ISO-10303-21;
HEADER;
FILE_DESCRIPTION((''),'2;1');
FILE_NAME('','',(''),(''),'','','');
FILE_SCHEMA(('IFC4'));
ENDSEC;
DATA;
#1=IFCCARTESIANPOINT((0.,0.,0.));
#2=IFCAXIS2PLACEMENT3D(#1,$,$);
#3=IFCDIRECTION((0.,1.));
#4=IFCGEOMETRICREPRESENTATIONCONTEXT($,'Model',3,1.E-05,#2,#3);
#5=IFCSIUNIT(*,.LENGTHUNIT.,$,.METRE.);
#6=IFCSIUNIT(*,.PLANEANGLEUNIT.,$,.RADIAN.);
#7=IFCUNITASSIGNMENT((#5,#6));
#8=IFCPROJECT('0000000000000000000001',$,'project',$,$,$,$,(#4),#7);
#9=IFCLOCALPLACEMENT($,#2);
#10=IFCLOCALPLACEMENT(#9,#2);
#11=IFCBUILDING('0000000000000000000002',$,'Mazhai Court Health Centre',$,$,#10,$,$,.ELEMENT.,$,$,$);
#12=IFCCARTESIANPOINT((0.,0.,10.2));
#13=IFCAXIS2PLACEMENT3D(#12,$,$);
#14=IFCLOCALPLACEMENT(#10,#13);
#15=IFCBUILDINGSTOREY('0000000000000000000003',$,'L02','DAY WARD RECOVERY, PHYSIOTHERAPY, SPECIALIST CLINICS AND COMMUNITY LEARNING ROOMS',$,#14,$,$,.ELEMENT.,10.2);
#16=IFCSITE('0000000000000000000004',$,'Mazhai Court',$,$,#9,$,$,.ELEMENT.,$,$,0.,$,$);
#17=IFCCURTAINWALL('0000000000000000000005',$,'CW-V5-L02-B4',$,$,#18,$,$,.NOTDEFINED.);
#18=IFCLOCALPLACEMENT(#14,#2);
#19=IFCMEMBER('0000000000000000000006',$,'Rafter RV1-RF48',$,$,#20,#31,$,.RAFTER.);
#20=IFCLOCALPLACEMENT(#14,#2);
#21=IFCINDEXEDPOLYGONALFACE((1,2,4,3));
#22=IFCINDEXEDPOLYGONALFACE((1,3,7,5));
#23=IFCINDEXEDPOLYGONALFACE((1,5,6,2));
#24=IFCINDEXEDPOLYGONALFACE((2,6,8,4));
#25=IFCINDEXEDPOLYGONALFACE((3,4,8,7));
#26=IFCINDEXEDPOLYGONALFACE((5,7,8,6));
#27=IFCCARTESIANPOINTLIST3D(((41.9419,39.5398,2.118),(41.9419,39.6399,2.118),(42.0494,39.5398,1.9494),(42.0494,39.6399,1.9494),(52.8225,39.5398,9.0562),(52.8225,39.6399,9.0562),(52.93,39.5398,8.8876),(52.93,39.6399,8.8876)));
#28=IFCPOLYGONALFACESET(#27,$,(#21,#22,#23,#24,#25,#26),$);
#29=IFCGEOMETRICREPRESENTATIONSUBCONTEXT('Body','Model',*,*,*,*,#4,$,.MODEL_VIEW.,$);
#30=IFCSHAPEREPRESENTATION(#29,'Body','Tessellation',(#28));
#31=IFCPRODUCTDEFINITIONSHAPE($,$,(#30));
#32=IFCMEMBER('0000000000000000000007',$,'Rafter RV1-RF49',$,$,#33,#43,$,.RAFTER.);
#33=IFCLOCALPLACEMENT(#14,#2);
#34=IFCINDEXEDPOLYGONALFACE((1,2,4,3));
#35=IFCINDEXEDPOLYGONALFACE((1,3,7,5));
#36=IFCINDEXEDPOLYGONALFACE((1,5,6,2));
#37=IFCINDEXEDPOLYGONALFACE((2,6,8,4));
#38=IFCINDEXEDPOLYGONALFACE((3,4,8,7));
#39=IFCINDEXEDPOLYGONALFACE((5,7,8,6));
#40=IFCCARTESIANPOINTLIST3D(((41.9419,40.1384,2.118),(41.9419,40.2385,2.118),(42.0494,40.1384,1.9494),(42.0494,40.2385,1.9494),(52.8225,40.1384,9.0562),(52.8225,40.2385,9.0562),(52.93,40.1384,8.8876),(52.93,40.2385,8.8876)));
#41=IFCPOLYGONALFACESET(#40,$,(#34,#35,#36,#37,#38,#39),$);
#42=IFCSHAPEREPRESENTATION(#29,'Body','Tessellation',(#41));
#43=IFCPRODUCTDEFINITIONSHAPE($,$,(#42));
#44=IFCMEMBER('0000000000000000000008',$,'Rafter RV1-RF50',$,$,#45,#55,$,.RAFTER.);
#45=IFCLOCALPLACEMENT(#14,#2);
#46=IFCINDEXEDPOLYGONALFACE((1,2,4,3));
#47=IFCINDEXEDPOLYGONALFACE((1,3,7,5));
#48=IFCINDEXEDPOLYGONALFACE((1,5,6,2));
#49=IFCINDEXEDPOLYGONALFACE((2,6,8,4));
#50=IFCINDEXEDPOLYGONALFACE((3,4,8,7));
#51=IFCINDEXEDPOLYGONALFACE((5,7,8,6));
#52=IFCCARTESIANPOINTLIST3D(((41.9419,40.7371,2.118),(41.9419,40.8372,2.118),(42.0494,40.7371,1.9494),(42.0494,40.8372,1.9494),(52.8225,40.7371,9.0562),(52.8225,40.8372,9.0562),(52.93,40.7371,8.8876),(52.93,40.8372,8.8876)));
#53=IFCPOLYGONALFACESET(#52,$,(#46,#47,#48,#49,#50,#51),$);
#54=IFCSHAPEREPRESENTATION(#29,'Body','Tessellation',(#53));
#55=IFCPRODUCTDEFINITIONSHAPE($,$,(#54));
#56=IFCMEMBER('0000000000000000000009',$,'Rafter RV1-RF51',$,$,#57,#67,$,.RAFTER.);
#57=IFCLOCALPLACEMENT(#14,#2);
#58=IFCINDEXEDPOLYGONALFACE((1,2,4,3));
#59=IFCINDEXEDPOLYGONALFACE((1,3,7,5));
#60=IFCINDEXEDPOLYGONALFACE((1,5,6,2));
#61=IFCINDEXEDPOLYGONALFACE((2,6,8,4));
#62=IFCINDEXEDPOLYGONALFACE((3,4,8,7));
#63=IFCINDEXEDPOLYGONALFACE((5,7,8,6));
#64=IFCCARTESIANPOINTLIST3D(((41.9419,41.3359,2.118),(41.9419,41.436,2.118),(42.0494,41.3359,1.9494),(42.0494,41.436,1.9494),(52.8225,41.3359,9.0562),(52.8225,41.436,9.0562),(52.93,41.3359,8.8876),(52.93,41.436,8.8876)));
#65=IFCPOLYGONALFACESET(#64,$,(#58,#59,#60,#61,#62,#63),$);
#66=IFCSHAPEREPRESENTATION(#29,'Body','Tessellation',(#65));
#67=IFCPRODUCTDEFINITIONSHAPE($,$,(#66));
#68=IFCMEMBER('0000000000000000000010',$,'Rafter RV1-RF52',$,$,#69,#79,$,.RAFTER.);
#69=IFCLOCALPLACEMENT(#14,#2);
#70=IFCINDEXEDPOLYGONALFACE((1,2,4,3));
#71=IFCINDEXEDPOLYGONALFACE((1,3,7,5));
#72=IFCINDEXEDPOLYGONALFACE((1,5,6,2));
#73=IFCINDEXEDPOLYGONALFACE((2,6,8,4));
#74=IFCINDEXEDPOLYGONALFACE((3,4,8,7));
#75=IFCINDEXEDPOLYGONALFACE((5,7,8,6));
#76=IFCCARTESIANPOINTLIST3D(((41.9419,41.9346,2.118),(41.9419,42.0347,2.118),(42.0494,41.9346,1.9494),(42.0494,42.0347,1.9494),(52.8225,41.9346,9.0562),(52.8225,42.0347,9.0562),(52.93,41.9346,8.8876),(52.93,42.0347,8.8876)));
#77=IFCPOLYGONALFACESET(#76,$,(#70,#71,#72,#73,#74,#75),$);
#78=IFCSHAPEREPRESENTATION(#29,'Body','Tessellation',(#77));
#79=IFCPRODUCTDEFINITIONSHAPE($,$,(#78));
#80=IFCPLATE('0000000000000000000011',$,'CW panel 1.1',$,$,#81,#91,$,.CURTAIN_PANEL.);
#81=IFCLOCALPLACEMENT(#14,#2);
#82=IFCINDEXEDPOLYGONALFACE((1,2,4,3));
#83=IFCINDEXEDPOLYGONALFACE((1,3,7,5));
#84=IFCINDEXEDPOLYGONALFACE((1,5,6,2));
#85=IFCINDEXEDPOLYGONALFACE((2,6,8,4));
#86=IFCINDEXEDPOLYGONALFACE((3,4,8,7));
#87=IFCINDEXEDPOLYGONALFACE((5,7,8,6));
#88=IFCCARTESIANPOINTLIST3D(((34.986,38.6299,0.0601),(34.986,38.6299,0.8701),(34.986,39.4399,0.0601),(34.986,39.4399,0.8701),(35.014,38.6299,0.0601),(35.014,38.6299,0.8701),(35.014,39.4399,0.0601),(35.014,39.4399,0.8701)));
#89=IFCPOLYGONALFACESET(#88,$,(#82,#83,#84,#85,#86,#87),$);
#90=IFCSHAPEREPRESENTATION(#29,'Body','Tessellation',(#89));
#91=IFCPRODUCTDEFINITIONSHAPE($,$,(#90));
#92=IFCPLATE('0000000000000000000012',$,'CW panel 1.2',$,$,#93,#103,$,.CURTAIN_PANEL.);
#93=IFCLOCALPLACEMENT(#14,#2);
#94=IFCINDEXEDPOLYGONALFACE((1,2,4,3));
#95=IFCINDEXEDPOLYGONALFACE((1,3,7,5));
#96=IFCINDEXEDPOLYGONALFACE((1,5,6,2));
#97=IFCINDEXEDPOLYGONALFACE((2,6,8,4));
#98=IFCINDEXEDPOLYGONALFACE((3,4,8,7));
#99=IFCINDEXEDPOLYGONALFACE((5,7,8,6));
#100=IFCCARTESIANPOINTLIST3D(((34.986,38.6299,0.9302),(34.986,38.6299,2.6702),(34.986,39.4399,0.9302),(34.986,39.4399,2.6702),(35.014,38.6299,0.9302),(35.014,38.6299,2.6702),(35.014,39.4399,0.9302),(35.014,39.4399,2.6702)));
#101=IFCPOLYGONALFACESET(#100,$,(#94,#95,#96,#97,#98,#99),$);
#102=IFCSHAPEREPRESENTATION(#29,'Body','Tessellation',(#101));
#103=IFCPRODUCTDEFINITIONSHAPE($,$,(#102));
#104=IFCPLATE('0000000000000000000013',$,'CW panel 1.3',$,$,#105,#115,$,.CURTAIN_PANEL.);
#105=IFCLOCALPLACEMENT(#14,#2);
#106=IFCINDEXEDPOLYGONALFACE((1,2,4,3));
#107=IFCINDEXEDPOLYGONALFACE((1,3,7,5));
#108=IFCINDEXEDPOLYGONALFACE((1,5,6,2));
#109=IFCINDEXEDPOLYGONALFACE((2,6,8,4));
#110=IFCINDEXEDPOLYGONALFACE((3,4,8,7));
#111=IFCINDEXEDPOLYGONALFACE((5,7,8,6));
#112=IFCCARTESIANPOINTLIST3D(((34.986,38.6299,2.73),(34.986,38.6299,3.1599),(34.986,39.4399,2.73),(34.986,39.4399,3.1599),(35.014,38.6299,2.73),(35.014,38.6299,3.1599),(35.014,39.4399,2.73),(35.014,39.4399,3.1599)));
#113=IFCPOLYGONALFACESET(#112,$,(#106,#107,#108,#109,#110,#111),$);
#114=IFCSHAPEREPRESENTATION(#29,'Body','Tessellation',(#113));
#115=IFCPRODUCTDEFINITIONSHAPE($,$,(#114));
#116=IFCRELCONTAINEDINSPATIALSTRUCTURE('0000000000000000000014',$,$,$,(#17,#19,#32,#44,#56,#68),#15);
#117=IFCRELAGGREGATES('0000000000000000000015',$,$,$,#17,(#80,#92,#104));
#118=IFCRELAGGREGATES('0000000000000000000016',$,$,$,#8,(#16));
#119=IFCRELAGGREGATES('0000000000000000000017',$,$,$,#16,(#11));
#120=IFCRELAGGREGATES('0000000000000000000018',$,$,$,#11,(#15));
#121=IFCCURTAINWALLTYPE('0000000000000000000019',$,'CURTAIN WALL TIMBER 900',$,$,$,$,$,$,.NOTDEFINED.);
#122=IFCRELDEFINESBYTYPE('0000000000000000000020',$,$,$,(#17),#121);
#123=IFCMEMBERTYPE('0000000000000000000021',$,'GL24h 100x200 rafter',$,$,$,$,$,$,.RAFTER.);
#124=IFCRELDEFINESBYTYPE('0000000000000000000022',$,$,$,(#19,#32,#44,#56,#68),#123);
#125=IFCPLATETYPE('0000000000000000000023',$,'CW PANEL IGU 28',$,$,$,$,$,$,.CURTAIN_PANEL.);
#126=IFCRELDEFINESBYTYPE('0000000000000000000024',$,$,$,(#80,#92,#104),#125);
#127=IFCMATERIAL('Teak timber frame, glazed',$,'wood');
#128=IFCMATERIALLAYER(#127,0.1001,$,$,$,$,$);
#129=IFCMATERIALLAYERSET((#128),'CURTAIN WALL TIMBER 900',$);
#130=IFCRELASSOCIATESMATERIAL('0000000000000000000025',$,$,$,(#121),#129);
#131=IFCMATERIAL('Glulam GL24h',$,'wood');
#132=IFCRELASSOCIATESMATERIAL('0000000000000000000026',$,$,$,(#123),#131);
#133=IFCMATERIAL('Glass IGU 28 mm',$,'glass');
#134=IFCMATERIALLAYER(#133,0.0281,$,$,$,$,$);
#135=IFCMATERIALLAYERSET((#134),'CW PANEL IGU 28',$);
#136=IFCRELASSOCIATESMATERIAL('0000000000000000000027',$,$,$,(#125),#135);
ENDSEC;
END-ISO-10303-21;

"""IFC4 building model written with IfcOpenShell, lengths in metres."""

from ifc_helpers import new_model, si_unit, direction, frame, origin, origin_2d, place, context, subcontext, project, spatial, rectangle, extrude, material, layer, layer_set, material_profile, profile_set, type_object, element, aggregate, save


model = new_model("IFC4")

# Units and contexts
model_context = context("Model", 3, precision=1e-05, world=origin(), true_north=direction((0.0, 1.0)))
body_context = subcontext(model_context, "Body", "Model", "MODEL_VIEW")
ifc_project = project(units=[si_unit("LENGTHUNIT", "METRE"), si_unit("PLANEANGLEUNIT", "RADIAN")], contexts=[model_context])

# Site, building, storey
site_placement = place(None, origin())
site = spatial("IfcSite", under=ifc_project, at=site_placement, Name="Mazhai Court", CompositionType="ELEMENT", RefElevation=0.0)
building_placement = place(site_placement, origin())
building = spatial("IfcBuilding", under=site, at=building_placement, Name="Mazhai Court Health Centre", CompositionType="ELEMENT")
storey_placement = place(building_placement, frame((0.0, 0.0, 10.2)))
storey = spatial("IfcBuildingStorey", under=building, at=storey_placement, Name="L02", Description="DAY WARD RECOVERY, PHYSIOTHERAPY, SPECIALIST CLINICS AND COMMUNITY LEARNING ROOMS", CompositionType="ELEMENT", Elevation=10.2)

# Curtain wall
ifc_material_1 = material(Name="Teak timber frame, glazed", Category="wood")
ifc_layer_1 = layer(ifc_material_1, 0.1001)
ifc_layer_set_1 = layer_set([ifc_layer_1], Name="CURTAIN WALL TIMBER 900")
curtain_wall_type = type_object("IfcCurtainWallType", Name="CURTAIN WALL TIMBER 900", PredefinedType="NOTDEFINED", material=ifc_layer_set_1)
curtain_wall_placement = place(storey_placement, origin())
curtain_wall = element("IfcCurtainWall", 1, at=curtain_wall_placement, inside=storey, type_object=curtain_wall_type, Name="CW-V5-L02-B4", PredefinedType="NOTDEFINED")

# Members
ifc_material_2 = material(Name="Glulam GL24h", Category="wood")
ifc_material_profile_1 = material_profile(ifc_material_2, rectangle(XDim=0.1001, YDim=0.2, at=origin_2d()), Name="GL24h 100x200")
ifc_profile_set_1 = profile_set([ifc_material_profile_1], Name="Glulam GL24h")
member_type_1 = type_object("IfcMemberType", Name="GL24h 100x200 rafter", PredefinedType="RAFTER", material=ifc_profile_set_1)
for number, where, z_axis, x_axis, name in (
    (2, (41.9956, 39.5898, 2.0337), (0.843163, 0.0, 0.537659), (0.0, 1.0, 0.0), "Rafter RV1-RF48"),
    (3, (41.9956, 40.1885, 2.0337), (0.843163, 0.0, 0.537659), (0.0, 1.0, 0.0), "Rafter RV1-RF49"),
    (4, (41.9956, 40.7871, 2.0337), (0.843163, 0.0, 0.537659), (0.0, 1.0, 0.0), "Rafter RV1-RF50"),
    (5, (41.9956, 41.386, 2.0337), (0.843163, 0.0, 0.537659), (0.0, 1.0, 0.0), "Rafter RV1-RF51"),
    (6, (41.9956, 41.9846, 2.0337), (0.843163, 0.0, 0.537659), (0.0, 1.0, 0.0), "Rafter RV1-RF52"),
):
    element("IfcMember", number, at=place(storey_placement, frame(where, z_axis=z_axis, x_axis=x_axis)), inside=storey, type_object=member_type_1, Name=name, PredefinedType="RAFTER", context=body_context, shape_type="SweptSolid", body=[
        extrude(rectangle(XDim=0.1001, YDim=0.2, at=origin_2d()), origin(), (0.0, 0.0, 1.0), 12.9045),
    ])

# Plates
ifc_material_3 = material(Name="Glass IGU 28 mm", Category="glass")
ifc_layer_2 = layer(ifc_material_3, 0.0281)
ifc_layer_set_2 = layer_set([ifc_layer_2], Name="CW PANEL IGU 28")
plate_type = type_object("IfcPlateType", Name="CW PANEL IGU 28", PredefinedType="CURTAIN_PANEL", material=ifc_layer_set_2)
plate_1_placement = place(storey_placement, frame((35.0, 39.0349, 0.0601), z_axis=(0.0, 0.0, 1.0), x_axis=(0.0, -1.0, 0.0)))
plate_1 = element("IfcPlate", 7, at=plate_1_placement, type_object=plate_type, Name="CW panel 1.1", PredefinedType="CURTAIN_PANEL", context=body_context, shape_type="SweptSolid", body=[
    extrude(rectangle(XDim=0.8101, YDim=0.0281, at=origin_2d()), origin(), (0.0, 0.0, 1.0), 0.8101),
])
plate_2_placement = place(storey_placement, frame((35.0, 39.0349, 0.9302), z_axis=(0.0, 0.0, 1.0), x_axis=(0.0, -1.0, 0.0)))
plate_2 = element("IfcPlate", 8, at=plate_2_placement, type_object=plate_type, Name="CW panel 1.2", PredefinedType="CURTAIN_PANEL", context=body_context, shape_type="SweptSolid", body=[
    extrude(rectangle(XDim=0.8101, YDim=0.0281, at=origin_2d()), origin(), (0.0, 0.0, 1.0), 1.74),
])
plate_3_placement = place(storey_placement, frame((35.0, 39.0349, 2.73), z_axis=(0.0, 0.0, 1.0), x_axis=(0.0, -1.0, 0.0)))
plate_3 = element("IfcPlate", 9, at=plate_3_placement, type_object=plate_type, Name="CW panel 1.3", PredefinedType="CURTAIN_PANEL", context=body_context, shape_type="SweptSolid", body=[
    extrude(rectangle(XDim=0.8101, YDim=0.0281, at=origin_2d()), origin(), (0.0, 0.0, 1.0), 0.4299),
])
aggregate(curtain_wall, [plate_1, plate_2, plate_3])

save(model, "model.ifc")
